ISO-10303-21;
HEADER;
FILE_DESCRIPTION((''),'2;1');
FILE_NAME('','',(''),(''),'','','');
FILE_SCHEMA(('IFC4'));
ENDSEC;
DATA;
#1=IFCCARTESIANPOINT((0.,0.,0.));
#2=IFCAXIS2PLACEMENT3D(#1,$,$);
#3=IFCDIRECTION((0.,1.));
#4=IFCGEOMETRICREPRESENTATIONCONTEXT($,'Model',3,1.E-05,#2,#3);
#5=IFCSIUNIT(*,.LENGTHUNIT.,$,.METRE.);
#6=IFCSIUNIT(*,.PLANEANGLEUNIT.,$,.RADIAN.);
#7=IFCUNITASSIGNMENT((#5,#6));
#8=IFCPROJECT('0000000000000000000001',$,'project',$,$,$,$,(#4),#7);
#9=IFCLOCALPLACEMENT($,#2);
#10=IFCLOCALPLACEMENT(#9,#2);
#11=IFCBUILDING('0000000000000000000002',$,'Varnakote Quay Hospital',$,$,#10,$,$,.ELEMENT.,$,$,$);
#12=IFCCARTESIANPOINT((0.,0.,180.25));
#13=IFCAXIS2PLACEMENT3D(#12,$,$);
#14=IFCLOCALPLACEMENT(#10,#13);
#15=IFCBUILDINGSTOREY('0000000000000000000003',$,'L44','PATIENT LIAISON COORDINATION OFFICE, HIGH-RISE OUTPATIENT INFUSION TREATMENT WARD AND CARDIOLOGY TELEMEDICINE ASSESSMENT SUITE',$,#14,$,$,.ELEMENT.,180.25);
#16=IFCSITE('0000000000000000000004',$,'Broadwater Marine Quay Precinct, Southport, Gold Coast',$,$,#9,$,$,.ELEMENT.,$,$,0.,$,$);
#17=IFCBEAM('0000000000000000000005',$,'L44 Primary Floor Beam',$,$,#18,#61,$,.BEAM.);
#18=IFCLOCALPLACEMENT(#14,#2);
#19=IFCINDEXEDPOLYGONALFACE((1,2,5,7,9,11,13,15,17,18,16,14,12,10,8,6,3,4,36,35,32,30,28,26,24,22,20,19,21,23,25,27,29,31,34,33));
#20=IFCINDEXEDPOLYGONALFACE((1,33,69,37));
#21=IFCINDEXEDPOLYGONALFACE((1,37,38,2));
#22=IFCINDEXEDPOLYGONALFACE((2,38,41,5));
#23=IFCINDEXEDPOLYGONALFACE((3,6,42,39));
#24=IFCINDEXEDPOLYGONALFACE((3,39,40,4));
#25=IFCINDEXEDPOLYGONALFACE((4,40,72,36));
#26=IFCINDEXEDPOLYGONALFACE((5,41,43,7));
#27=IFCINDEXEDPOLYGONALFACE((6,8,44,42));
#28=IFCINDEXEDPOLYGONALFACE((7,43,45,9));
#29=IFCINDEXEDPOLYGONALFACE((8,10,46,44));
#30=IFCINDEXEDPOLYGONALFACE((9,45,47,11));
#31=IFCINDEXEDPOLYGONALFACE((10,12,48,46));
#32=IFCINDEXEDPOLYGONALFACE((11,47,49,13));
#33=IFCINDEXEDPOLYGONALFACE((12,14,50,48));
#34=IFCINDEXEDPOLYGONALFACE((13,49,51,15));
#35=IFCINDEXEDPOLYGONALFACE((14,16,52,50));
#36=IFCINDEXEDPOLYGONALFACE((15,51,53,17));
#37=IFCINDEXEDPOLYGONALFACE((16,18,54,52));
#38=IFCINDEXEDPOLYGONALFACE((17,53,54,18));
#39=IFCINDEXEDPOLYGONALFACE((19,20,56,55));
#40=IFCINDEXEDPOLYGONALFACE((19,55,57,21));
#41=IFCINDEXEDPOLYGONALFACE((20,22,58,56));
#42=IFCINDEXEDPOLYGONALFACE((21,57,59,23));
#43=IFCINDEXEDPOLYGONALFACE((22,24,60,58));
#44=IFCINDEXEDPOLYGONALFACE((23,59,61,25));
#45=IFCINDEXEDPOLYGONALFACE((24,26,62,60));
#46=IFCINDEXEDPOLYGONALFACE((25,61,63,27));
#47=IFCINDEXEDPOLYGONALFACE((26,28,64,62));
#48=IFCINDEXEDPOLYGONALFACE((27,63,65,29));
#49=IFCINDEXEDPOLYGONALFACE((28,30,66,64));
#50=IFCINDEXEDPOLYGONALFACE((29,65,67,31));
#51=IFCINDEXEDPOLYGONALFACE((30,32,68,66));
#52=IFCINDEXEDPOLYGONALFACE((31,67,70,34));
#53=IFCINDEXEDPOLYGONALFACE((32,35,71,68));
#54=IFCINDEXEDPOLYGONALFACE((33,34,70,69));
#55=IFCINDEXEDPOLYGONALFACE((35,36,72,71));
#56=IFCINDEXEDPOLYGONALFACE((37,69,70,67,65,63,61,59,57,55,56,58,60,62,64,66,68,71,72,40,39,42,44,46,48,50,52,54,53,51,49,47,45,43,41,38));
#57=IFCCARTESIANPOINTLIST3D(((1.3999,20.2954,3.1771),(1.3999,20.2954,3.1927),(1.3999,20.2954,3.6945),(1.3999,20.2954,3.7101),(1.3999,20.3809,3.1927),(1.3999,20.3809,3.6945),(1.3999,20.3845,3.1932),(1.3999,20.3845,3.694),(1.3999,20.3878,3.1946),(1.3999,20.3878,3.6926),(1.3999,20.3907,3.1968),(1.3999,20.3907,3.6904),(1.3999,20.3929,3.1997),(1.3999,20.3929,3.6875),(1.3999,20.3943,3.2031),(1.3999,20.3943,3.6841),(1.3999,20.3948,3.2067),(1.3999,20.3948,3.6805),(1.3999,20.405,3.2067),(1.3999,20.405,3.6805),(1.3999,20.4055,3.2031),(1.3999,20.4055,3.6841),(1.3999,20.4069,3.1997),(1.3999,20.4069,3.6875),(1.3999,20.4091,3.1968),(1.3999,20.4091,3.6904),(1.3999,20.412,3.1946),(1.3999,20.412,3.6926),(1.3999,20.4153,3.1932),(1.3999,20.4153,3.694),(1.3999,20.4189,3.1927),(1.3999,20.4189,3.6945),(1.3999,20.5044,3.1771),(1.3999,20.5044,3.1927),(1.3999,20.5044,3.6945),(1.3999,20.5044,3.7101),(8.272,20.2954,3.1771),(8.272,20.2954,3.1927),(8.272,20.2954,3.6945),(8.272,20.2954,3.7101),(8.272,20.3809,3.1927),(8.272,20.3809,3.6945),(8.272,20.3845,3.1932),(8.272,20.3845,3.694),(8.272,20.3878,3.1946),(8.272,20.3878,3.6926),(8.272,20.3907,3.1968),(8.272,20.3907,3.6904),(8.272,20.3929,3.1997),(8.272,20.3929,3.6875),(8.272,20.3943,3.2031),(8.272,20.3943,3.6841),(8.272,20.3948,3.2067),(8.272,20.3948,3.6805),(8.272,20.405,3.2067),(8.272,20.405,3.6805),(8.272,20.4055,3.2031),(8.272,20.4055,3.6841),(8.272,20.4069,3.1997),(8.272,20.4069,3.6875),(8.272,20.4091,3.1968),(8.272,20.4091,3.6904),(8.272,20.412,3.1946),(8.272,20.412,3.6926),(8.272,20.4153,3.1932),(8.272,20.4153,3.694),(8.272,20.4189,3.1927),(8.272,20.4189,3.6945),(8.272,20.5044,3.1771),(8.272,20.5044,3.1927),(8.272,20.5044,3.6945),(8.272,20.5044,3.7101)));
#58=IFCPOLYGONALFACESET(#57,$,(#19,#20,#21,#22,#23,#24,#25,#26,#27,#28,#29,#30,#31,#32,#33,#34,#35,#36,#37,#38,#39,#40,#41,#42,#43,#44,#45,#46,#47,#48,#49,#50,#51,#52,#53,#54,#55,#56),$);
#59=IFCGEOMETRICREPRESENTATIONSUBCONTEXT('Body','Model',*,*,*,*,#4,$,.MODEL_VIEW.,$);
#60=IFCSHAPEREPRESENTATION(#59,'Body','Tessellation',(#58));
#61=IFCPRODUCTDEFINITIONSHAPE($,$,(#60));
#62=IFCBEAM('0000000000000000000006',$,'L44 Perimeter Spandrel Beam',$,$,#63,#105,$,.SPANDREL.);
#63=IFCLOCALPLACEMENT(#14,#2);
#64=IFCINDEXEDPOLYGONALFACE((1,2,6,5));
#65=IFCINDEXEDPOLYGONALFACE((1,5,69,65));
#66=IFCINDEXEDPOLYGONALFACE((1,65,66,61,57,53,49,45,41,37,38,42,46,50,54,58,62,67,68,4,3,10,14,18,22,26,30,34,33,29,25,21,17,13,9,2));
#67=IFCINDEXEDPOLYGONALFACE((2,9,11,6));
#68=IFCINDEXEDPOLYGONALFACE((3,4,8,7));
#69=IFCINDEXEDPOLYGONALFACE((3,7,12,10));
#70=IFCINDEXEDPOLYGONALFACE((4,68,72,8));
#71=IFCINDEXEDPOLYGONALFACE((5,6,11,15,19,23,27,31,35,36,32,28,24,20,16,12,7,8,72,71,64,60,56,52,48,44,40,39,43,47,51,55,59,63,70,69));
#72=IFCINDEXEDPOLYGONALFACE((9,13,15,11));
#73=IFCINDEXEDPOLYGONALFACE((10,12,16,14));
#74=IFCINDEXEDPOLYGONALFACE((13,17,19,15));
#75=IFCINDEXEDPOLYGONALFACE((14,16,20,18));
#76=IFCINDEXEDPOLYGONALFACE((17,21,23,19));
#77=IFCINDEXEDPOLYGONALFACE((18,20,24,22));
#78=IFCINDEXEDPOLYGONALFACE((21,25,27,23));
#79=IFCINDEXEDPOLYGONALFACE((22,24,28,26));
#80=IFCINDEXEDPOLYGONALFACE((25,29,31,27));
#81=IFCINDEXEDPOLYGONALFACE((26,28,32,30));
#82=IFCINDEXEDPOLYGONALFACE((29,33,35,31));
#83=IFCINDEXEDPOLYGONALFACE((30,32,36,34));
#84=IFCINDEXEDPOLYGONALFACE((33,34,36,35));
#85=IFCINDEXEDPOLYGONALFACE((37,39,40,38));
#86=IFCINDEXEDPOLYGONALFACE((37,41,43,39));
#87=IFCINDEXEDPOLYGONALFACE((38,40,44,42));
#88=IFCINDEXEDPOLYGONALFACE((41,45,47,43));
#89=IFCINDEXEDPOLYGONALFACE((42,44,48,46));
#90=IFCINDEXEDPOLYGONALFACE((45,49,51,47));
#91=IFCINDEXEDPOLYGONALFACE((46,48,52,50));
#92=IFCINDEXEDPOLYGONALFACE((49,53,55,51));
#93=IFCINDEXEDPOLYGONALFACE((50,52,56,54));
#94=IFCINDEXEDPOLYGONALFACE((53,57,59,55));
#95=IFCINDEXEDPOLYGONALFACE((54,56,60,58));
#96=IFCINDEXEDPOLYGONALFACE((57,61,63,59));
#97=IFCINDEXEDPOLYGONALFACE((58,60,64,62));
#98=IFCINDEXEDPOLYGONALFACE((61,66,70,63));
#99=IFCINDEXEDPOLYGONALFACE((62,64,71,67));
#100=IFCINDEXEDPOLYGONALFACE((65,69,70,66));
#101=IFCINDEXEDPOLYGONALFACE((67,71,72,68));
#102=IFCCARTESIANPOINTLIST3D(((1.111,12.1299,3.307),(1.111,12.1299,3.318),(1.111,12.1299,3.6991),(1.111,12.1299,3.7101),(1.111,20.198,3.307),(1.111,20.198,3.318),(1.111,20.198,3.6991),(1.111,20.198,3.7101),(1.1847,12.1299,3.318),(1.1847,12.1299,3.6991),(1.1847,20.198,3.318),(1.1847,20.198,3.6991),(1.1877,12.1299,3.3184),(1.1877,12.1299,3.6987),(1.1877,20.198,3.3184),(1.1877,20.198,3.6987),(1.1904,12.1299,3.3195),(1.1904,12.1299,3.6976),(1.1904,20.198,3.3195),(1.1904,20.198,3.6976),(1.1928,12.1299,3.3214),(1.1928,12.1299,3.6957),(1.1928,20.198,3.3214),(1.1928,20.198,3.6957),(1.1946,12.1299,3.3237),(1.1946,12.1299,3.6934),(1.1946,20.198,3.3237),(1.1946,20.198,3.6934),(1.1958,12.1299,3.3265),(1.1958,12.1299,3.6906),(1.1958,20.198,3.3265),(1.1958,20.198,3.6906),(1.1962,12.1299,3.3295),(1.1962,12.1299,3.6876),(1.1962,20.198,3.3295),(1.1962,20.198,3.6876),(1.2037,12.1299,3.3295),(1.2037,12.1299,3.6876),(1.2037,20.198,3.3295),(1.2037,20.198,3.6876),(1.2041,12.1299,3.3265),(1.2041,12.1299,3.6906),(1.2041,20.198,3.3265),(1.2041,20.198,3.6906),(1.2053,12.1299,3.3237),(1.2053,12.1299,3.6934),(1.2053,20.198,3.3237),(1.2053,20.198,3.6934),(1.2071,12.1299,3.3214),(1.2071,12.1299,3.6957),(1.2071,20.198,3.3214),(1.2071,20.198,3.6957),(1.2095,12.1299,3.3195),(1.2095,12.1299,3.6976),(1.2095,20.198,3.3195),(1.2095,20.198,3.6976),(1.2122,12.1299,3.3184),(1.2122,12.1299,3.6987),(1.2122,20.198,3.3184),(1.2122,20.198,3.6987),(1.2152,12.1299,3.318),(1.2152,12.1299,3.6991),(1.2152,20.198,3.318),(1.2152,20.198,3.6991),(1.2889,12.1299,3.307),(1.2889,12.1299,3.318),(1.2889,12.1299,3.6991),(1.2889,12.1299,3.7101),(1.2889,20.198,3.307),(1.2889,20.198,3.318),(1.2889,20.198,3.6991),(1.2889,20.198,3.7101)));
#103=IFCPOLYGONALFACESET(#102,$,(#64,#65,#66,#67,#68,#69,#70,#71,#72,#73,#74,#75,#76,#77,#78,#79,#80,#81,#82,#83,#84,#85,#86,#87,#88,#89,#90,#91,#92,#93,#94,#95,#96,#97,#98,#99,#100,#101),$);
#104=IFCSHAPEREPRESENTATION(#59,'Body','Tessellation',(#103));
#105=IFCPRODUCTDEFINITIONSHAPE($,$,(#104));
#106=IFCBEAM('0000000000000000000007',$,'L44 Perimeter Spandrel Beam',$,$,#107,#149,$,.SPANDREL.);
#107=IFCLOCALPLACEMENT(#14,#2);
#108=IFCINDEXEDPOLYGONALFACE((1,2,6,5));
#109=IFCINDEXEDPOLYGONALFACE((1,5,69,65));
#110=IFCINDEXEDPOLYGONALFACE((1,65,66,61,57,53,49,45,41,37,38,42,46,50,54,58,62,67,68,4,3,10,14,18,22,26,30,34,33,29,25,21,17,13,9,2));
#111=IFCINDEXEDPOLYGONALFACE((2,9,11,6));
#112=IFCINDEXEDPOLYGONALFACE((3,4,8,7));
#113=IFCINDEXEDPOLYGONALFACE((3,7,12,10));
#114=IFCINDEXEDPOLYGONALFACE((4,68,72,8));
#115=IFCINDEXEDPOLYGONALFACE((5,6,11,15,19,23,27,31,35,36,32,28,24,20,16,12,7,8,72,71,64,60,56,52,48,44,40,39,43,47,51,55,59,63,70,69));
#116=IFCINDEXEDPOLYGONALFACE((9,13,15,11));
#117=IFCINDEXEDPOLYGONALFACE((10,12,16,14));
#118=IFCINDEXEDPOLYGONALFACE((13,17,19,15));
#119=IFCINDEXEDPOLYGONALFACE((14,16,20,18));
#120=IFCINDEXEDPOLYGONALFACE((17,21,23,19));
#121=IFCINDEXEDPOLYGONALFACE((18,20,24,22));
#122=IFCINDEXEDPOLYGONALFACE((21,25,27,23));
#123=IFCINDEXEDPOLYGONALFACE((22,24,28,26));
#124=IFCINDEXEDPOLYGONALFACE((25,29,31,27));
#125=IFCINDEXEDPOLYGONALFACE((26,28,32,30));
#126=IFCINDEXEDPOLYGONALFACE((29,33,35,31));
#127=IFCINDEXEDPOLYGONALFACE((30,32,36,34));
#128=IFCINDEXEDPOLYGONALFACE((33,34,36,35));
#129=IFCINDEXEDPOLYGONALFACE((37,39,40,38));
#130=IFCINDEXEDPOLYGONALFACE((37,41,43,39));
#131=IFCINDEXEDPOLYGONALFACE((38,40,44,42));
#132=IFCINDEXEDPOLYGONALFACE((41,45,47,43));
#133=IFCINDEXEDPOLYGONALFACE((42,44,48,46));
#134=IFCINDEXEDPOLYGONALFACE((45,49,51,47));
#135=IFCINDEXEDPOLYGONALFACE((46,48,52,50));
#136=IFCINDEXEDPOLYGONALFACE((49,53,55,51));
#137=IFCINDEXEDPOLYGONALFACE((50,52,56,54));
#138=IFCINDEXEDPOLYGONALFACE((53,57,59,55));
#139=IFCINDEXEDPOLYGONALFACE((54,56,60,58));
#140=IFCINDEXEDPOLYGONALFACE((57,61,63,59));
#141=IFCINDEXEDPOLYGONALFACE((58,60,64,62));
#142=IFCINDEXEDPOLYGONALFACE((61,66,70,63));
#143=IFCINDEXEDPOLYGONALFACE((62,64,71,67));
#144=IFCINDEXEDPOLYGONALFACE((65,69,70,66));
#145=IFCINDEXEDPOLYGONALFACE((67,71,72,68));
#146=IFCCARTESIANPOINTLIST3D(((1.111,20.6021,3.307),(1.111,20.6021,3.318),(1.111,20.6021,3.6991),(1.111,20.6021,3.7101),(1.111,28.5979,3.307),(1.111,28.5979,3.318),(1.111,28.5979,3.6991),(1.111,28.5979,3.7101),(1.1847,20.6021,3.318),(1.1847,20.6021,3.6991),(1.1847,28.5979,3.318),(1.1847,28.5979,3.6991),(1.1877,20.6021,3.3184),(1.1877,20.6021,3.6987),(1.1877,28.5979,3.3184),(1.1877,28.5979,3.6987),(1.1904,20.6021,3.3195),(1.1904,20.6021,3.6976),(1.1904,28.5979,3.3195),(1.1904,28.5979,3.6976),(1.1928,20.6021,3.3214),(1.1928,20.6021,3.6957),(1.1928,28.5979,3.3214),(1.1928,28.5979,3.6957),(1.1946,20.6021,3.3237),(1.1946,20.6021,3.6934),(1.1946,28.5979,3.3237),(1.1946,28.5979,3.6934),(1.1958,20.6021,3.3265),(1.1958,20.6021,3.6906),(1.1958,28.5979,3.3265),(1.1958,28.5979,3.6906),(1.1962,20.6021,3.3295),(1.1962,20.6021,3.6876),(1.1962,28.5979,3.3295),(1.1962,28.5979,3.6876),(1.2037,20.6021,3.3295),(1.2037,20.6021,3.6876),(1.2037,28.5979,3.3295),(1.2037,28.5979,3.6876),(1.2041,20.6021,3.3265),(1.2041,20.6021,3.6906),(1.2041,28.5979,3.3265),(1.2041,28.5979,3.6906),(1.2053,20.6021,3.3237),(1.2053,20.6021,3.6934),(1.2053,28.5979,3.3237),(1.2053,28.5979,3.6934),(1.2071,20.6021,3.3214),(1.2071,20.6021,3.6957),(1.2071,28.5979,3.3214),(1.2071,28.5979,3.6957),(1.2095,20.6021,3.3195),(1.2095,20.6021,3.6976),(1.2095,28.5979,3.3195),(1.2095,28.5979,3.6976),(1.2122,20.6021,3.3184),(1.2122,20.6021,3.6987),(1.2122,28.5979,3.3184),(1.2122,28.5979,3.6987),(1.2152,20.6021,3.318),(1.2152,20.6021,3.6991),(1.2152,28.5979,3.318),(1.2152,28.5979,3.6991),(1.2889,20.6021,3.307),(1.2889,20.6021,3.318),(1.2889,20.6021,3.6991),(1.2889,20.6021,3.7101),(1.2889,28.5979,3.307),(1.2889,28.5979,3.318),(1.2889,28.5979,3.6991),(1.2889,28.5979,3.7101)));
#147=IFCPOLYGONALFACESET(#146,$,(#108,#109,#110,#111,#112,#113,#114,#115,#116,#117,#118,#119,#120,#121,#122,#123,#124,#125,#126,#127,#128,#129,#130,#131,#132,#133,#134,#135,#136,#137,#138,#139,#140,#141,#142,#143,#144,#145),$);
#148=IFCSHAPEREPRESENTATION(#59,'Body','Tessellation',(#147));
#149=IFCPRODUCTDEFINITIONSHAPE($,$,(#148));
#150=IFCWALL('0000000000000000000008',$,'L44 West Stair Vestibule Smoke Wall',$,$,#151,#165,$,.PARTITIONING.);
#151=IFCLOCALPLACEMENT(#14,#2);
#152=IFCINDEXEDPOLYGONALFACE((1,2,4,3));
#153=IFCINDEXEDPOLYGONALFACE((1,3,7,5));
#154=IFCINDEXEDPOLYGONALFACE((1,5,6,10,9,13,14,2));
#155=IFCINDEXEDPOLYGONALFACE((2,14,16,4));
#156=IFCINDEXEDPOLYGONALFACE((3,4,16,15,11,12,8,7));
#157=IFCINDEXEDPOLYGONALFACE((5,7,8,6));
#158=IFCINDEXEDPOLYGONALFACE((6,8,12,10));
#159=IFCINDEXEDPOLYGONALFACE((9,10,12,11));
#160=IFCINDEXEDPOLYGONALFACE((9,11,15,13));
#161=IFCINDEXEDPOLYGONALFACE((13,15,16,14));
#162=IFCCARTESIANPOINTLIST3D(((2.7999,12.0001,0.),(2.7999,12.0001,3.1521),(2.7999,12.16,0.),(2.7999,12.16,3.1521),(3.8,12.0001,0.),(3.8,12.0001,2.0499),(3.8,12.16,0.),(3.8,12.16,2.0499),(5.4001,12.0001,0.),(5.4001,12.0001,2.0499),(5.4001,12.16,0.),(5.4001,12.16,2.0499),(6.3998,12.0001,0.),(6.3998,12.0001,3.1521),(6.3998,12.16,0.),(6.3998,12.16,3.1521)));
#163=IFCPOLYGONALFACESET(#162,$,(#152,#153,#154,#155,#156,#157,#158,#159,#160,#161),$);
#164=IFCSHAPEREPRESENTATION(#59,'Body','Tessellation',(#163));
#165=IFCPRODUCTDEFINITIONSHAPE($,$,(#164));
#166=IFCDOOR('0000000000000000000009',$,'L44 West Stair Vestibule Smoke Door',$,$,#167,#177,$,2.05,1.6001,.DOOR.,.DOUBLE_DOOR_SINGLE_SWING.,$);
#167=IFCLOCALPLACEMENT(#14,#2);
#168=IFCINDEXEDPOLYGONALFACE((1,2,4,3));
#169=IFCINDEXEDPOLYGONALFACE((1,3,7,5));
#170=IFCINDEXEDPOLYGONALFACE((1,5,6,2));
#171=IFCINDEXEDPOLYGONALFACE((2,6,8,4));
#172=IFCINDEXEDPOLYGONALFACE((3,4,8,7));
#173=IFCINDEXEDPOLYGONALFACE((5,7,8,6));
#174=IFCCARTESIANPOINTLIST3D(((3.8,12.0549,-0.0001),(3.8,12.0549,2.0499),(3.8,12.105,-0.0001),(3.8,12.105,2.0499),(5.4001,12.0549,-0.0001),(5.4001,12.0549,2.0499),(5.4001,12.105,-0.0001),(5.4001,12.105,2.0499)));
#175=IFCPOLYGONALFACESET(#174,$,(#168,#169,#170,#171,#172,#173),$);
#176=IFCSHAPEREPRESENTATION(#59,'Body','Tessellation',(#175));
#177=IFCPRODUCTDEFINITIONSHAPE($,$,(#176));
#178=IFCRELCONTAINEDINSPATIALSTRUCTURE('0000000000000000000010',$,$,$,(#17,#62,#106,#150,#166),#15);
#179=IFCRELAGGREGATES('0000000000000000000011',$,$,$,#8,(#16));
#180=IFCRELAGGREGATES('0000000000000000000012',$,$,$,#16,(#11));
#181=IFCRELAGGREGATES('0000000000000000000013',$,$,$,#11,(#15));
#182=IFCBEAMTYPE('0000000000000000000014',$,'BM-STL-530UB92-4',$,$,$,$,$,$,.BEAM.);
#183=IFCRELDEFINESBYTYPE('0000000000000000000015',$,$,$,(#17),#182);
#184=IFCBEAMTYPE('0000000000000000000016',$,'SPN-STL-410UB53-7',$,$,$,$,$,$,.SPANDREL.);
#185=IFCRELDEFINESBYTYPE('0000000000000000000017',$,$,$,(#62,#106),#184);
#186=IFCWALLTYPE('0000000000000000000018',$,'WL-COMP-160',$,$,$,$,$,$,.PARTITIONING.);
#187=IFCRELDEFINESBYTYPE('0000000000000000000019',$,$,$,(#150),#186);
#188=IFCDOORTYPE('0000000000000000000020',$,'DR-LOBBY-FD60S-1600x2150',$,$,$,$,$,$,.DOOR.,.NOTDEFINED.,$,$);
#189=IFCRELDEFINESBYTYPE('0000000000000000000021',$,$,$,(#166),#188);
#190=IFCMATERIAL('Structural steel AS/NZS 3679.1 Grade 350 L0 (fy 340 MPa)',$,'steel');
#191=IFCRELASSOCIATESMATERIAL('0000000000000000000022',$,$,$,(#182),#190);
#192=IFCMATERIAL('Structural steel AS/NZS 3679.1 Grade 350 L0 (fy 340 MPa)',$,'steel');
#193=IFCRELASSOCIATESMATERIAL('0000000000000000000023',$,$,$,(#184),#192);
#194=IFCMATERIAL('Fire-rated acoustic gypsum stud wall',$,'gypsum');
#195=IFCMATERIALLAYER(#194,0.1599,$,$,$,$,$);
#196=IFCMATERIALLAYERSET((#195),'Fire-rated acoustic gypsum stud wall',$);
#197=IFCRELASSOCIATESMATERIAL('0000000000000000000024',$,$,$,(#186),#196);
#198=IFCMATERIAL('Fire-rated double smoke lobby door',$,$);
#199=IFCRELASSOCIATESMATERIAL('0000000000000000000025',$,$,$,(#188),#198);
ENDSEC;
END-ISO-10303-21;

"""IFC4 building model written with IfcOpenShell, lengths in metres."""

from ifc_helpers import new_model, si_unit, direction, frame, frame_2d, origin, origin_2d, place, context, subcontext, project, spatial, rectangle, i_section, extrude, material, layer, layer_set, material_profile, profile_set, type_object, element, fill, save


model = new_model("IFC4")

# Units and contexts
model_context = context("Model", 3, precision=1e-05, world=origin(), true_north=direction((0.0, 1.0)))
body_context = subcontext(model_context, "Body", "Model", "MODEL_VIEW")
ifc_project = project(units=[si_unit("LENGTHUNIT", "METRE"), si_unit("PLANEANGLEUNIT", "RADIAN")], contexts=[model_context])

# Site, building, storey
site_placement = place(None, origin())
site = spatial("IfcSite", under=ifc_project, at=site_placement, Name="Broadwater Marine Quay Precinct, Southport, Gold Coast", CompositionType="ELEMENT", RefElevation=0.0)
building_placement = place(site_placement, origin())
building = spatial("IfcBuilding", under=site, at=building_placement, Name="Varnakote Quay Hospital", CompositionType="ELEMENT")
storey_placement = place(building_placement, frame((0.0, 0.0, 180.25)))
storey = spatial("IfcBuildingStorey", under=building, at=storey_placement, Name="L44", Description="PATIENT LIAISON COORDINATION OFFICE, HIGH-RISE OUTPATIENT INFUSION TREATMENT WARD AND CARDIOLOGY TELEMEDICINE ASSESSMENT SUITE", CompositionType="ELEMENT", Elevation=180.25)

# Beams
ifc_material_1 = material(Name="Structural steel AS/NZS 3679.1 Grade 350 L0 (fy 340 MPa)", Category="steel")
ifc_material_profile_1 = material_profile(ifc_material_1, i_section(OverallWidth=0.209, OverallDepth=0.533, WebThickness=0.0103, FlangeThickness=0.0156, FilletRadius=0.0139, at=origin_2d()), Name="530UB92.4")
ifc_profile_set_1 = profile_set([ifc_material_profile_1], Name="Structural steel AS/NZS 3679.1 Grade 350 L0 (fy 340 MPa)")
beam_type_1 = type_object("IfcBeamType", Name="BM-STL-530UB92-4", PredefinedType="BEAM", material=ifc_profile_set_1)
beam_1_placement = place(storey_placement, frame((1.3999, 20.3999, 3.4436), z_axis=(1.0, 0.0, 0.0), x_axis=(0.0, 1.0, 0.0)))
element("IfcBeam", 1, at=beam_1_placement, inside=storey, type_object=beam_type_1, Name="L44 Primary Floor Beam", PredefinedType="BEAM", context=body_context, shape_type="SweptSolid", body=[
    extrude(i_section(OverallWidth=0.209, OverallDepth=0.533, WebThickness=0.0103, FlangeThickness=0.0156, FilletRadius=0.0139, at=origin_2d()), origin(), (0.0, 0.0, 1.0), 6.8721),
])
ifc_material_2 = material(Name="Structural steel AS/NZS 3679.1 Grade 350 L0 (fy 340 MPa)", Category="steel")
ifc_material_profile_2 = material_profile(ifc_material_2, i_section(OverallWidth=0.178, OverallDepth=0.4031, WebThickness=0.0076, FlangeThickness=0.011, FilletRadius=0.0115, at=origin_2d()), Name="410UB53.7")
ifc_profile_set_2 = profile_set([ifc_material_profile_2], Name="Structural steel AS/NZS 3679.1 Grade 350 L0 (fy 340 MPa)")
beam_type_2 = type_object("IfcBeamType", Name="SPN-STL-410UB53-7", PredefinedType="SPANDREL", material=ifc_profile_set_2)
beam_2_placement = place(storey_placement, frame((1.2, 12.1299, 3.5085), z_axis=(0.0, 1.0, 0.0), x_axis=(-1.0, 0.0, 0.0)))
element("IfcBeam", 2, at=beam_2_placement, inside=storey, type_object=beam_type_2, Name="L44 Perimeter Spandrel Beam", PredefinedType="SPANDREL", context=body_context, shape_type="SweptSolid", body=[
    extrude(i_section(OverallWidth=0.178, OverallDepth=0.4031, WebThickness=0.0076, FlangeThickness=0.011, FilletRadius=0.0115, at=origin_2d()), origin(), (0.0, 0.0, 1.0), 8.0681),
])
beam_3_placement = place(storey_placement, frame((1.2, 20.6021, 3.5085), z_axis=(0.0, 1.0, 0.0), x_axis=(-1.0, 0.0, 0.0)))
element("IfcBeam", 3, at=beam_3_placement, inside=storey, type_object=beam_type_2, Name="L44 Perimeter Spandrel Beam", PredefinedType="SPANDREL", context=body_context, shape_type="SweptSolid", body=[
    extrude(i_section(OverallWidth=0.178, OverallDepth=0.4031, WebThickness=0.0076, FlangeThickness=0.011, FilletRadius=0.0115, at=origin_2d()), origin(), (0.0, 0.0, 1.0), 7.9958),
])

# Wall, opening, door
ifc_material_3 = material(Name="Fire-rated acoustic gypsum stud wall", Category="gypsum")
ifc_layer_1 = layer(ifc_material_3, 0.1599)
ifc_layer_set_1 = layer_set([ifc_layer_1], Name="Fire-rated acoustic gypsum stud wall")
wall_type_1 = type_object("IfcWallType", Name="WL-COMP-160", PredefinedType="PARTITIONING", material=ifc_layer_set_1)
wall_1_placement = place(storey_placement, frame((2.8, 12.0801, 0.0), z_axis=(0.0, 0.0, 1.0), x_axis=(1.0, 0.0, 0.0)))
wall_1 = element("IfcWall", 4, at=wall_1_placement, inside=storey, type_object=wall_type_1, Name="L44 West Stair Vestibule Smoke Wall", PredefinedType="PARTITIONING", context=body_context, shape_type="SweptSolid", body=[
    extrude(rectangle(XDim=3.5999, YDim=0.1599, at=frame_2d((1.7998, 0.0))), origin(), (0.0, 0.0, 1.0), 3.1521),
])
opening_1_placement = place(wall_1_placement, frame((1.0, 0.0, 0.0)))
opening_1 = element("IfcOpeningElement", 5, at=opening_1_placement, cuts=wall_1, PredefinedType="OPENING", context=body_context, shape_type="SweptSolid", body=[
    extrude(rectangle(XDim=1.6001, YDim=2.05, at=frame_2d((0.8, 1.0249))), frame((0.0, 0.0898, 0.0), z_axis=(0.0, -1.0, 0.0), x_axis=(1.0, 0.0, 0.0)), (0.0, 0.0, 1.0), 0.1799),
])
ifc_material_4 = material(Name="Fire-rated double smoke lobby door")
door_type_1 = type_object("IfcDoorType", Name="DR-LOBBY-FD60S-1600x2150", OperationType="NOTDEFINED", PredefinedType="DOOR", material=ifc_material_4)
door_1_placement = place(opening_1_placement, origin())
door_1 = element("IfcDoor", 6, at=door_1_placement, inside=storey, type_object=door_type_1, Name="L44 West Stair Vestibule Smoke Door", OperationType="DOUBLE_DOOR_SINGLE_SWING", OverallHeight=2.05, OverallWidth=1.6001, PredefinedType="DOOR", context=body_context, shape_type="SweptSolid", body=[
    extrude(rectangle(XDim=1.6001, YDim=2.05, at=frame_2d((0.8, 1.0249))), frame((0.0, 0.0249, 0.0), z_axis=(0.0, -1.0, 0.0), x_axis=(1.0, 0.0, 0.0)), (0.0, 0.0, 1.0), 0.05),
])
fill(opening_1, door_1)

save(model, "model.ifc")
